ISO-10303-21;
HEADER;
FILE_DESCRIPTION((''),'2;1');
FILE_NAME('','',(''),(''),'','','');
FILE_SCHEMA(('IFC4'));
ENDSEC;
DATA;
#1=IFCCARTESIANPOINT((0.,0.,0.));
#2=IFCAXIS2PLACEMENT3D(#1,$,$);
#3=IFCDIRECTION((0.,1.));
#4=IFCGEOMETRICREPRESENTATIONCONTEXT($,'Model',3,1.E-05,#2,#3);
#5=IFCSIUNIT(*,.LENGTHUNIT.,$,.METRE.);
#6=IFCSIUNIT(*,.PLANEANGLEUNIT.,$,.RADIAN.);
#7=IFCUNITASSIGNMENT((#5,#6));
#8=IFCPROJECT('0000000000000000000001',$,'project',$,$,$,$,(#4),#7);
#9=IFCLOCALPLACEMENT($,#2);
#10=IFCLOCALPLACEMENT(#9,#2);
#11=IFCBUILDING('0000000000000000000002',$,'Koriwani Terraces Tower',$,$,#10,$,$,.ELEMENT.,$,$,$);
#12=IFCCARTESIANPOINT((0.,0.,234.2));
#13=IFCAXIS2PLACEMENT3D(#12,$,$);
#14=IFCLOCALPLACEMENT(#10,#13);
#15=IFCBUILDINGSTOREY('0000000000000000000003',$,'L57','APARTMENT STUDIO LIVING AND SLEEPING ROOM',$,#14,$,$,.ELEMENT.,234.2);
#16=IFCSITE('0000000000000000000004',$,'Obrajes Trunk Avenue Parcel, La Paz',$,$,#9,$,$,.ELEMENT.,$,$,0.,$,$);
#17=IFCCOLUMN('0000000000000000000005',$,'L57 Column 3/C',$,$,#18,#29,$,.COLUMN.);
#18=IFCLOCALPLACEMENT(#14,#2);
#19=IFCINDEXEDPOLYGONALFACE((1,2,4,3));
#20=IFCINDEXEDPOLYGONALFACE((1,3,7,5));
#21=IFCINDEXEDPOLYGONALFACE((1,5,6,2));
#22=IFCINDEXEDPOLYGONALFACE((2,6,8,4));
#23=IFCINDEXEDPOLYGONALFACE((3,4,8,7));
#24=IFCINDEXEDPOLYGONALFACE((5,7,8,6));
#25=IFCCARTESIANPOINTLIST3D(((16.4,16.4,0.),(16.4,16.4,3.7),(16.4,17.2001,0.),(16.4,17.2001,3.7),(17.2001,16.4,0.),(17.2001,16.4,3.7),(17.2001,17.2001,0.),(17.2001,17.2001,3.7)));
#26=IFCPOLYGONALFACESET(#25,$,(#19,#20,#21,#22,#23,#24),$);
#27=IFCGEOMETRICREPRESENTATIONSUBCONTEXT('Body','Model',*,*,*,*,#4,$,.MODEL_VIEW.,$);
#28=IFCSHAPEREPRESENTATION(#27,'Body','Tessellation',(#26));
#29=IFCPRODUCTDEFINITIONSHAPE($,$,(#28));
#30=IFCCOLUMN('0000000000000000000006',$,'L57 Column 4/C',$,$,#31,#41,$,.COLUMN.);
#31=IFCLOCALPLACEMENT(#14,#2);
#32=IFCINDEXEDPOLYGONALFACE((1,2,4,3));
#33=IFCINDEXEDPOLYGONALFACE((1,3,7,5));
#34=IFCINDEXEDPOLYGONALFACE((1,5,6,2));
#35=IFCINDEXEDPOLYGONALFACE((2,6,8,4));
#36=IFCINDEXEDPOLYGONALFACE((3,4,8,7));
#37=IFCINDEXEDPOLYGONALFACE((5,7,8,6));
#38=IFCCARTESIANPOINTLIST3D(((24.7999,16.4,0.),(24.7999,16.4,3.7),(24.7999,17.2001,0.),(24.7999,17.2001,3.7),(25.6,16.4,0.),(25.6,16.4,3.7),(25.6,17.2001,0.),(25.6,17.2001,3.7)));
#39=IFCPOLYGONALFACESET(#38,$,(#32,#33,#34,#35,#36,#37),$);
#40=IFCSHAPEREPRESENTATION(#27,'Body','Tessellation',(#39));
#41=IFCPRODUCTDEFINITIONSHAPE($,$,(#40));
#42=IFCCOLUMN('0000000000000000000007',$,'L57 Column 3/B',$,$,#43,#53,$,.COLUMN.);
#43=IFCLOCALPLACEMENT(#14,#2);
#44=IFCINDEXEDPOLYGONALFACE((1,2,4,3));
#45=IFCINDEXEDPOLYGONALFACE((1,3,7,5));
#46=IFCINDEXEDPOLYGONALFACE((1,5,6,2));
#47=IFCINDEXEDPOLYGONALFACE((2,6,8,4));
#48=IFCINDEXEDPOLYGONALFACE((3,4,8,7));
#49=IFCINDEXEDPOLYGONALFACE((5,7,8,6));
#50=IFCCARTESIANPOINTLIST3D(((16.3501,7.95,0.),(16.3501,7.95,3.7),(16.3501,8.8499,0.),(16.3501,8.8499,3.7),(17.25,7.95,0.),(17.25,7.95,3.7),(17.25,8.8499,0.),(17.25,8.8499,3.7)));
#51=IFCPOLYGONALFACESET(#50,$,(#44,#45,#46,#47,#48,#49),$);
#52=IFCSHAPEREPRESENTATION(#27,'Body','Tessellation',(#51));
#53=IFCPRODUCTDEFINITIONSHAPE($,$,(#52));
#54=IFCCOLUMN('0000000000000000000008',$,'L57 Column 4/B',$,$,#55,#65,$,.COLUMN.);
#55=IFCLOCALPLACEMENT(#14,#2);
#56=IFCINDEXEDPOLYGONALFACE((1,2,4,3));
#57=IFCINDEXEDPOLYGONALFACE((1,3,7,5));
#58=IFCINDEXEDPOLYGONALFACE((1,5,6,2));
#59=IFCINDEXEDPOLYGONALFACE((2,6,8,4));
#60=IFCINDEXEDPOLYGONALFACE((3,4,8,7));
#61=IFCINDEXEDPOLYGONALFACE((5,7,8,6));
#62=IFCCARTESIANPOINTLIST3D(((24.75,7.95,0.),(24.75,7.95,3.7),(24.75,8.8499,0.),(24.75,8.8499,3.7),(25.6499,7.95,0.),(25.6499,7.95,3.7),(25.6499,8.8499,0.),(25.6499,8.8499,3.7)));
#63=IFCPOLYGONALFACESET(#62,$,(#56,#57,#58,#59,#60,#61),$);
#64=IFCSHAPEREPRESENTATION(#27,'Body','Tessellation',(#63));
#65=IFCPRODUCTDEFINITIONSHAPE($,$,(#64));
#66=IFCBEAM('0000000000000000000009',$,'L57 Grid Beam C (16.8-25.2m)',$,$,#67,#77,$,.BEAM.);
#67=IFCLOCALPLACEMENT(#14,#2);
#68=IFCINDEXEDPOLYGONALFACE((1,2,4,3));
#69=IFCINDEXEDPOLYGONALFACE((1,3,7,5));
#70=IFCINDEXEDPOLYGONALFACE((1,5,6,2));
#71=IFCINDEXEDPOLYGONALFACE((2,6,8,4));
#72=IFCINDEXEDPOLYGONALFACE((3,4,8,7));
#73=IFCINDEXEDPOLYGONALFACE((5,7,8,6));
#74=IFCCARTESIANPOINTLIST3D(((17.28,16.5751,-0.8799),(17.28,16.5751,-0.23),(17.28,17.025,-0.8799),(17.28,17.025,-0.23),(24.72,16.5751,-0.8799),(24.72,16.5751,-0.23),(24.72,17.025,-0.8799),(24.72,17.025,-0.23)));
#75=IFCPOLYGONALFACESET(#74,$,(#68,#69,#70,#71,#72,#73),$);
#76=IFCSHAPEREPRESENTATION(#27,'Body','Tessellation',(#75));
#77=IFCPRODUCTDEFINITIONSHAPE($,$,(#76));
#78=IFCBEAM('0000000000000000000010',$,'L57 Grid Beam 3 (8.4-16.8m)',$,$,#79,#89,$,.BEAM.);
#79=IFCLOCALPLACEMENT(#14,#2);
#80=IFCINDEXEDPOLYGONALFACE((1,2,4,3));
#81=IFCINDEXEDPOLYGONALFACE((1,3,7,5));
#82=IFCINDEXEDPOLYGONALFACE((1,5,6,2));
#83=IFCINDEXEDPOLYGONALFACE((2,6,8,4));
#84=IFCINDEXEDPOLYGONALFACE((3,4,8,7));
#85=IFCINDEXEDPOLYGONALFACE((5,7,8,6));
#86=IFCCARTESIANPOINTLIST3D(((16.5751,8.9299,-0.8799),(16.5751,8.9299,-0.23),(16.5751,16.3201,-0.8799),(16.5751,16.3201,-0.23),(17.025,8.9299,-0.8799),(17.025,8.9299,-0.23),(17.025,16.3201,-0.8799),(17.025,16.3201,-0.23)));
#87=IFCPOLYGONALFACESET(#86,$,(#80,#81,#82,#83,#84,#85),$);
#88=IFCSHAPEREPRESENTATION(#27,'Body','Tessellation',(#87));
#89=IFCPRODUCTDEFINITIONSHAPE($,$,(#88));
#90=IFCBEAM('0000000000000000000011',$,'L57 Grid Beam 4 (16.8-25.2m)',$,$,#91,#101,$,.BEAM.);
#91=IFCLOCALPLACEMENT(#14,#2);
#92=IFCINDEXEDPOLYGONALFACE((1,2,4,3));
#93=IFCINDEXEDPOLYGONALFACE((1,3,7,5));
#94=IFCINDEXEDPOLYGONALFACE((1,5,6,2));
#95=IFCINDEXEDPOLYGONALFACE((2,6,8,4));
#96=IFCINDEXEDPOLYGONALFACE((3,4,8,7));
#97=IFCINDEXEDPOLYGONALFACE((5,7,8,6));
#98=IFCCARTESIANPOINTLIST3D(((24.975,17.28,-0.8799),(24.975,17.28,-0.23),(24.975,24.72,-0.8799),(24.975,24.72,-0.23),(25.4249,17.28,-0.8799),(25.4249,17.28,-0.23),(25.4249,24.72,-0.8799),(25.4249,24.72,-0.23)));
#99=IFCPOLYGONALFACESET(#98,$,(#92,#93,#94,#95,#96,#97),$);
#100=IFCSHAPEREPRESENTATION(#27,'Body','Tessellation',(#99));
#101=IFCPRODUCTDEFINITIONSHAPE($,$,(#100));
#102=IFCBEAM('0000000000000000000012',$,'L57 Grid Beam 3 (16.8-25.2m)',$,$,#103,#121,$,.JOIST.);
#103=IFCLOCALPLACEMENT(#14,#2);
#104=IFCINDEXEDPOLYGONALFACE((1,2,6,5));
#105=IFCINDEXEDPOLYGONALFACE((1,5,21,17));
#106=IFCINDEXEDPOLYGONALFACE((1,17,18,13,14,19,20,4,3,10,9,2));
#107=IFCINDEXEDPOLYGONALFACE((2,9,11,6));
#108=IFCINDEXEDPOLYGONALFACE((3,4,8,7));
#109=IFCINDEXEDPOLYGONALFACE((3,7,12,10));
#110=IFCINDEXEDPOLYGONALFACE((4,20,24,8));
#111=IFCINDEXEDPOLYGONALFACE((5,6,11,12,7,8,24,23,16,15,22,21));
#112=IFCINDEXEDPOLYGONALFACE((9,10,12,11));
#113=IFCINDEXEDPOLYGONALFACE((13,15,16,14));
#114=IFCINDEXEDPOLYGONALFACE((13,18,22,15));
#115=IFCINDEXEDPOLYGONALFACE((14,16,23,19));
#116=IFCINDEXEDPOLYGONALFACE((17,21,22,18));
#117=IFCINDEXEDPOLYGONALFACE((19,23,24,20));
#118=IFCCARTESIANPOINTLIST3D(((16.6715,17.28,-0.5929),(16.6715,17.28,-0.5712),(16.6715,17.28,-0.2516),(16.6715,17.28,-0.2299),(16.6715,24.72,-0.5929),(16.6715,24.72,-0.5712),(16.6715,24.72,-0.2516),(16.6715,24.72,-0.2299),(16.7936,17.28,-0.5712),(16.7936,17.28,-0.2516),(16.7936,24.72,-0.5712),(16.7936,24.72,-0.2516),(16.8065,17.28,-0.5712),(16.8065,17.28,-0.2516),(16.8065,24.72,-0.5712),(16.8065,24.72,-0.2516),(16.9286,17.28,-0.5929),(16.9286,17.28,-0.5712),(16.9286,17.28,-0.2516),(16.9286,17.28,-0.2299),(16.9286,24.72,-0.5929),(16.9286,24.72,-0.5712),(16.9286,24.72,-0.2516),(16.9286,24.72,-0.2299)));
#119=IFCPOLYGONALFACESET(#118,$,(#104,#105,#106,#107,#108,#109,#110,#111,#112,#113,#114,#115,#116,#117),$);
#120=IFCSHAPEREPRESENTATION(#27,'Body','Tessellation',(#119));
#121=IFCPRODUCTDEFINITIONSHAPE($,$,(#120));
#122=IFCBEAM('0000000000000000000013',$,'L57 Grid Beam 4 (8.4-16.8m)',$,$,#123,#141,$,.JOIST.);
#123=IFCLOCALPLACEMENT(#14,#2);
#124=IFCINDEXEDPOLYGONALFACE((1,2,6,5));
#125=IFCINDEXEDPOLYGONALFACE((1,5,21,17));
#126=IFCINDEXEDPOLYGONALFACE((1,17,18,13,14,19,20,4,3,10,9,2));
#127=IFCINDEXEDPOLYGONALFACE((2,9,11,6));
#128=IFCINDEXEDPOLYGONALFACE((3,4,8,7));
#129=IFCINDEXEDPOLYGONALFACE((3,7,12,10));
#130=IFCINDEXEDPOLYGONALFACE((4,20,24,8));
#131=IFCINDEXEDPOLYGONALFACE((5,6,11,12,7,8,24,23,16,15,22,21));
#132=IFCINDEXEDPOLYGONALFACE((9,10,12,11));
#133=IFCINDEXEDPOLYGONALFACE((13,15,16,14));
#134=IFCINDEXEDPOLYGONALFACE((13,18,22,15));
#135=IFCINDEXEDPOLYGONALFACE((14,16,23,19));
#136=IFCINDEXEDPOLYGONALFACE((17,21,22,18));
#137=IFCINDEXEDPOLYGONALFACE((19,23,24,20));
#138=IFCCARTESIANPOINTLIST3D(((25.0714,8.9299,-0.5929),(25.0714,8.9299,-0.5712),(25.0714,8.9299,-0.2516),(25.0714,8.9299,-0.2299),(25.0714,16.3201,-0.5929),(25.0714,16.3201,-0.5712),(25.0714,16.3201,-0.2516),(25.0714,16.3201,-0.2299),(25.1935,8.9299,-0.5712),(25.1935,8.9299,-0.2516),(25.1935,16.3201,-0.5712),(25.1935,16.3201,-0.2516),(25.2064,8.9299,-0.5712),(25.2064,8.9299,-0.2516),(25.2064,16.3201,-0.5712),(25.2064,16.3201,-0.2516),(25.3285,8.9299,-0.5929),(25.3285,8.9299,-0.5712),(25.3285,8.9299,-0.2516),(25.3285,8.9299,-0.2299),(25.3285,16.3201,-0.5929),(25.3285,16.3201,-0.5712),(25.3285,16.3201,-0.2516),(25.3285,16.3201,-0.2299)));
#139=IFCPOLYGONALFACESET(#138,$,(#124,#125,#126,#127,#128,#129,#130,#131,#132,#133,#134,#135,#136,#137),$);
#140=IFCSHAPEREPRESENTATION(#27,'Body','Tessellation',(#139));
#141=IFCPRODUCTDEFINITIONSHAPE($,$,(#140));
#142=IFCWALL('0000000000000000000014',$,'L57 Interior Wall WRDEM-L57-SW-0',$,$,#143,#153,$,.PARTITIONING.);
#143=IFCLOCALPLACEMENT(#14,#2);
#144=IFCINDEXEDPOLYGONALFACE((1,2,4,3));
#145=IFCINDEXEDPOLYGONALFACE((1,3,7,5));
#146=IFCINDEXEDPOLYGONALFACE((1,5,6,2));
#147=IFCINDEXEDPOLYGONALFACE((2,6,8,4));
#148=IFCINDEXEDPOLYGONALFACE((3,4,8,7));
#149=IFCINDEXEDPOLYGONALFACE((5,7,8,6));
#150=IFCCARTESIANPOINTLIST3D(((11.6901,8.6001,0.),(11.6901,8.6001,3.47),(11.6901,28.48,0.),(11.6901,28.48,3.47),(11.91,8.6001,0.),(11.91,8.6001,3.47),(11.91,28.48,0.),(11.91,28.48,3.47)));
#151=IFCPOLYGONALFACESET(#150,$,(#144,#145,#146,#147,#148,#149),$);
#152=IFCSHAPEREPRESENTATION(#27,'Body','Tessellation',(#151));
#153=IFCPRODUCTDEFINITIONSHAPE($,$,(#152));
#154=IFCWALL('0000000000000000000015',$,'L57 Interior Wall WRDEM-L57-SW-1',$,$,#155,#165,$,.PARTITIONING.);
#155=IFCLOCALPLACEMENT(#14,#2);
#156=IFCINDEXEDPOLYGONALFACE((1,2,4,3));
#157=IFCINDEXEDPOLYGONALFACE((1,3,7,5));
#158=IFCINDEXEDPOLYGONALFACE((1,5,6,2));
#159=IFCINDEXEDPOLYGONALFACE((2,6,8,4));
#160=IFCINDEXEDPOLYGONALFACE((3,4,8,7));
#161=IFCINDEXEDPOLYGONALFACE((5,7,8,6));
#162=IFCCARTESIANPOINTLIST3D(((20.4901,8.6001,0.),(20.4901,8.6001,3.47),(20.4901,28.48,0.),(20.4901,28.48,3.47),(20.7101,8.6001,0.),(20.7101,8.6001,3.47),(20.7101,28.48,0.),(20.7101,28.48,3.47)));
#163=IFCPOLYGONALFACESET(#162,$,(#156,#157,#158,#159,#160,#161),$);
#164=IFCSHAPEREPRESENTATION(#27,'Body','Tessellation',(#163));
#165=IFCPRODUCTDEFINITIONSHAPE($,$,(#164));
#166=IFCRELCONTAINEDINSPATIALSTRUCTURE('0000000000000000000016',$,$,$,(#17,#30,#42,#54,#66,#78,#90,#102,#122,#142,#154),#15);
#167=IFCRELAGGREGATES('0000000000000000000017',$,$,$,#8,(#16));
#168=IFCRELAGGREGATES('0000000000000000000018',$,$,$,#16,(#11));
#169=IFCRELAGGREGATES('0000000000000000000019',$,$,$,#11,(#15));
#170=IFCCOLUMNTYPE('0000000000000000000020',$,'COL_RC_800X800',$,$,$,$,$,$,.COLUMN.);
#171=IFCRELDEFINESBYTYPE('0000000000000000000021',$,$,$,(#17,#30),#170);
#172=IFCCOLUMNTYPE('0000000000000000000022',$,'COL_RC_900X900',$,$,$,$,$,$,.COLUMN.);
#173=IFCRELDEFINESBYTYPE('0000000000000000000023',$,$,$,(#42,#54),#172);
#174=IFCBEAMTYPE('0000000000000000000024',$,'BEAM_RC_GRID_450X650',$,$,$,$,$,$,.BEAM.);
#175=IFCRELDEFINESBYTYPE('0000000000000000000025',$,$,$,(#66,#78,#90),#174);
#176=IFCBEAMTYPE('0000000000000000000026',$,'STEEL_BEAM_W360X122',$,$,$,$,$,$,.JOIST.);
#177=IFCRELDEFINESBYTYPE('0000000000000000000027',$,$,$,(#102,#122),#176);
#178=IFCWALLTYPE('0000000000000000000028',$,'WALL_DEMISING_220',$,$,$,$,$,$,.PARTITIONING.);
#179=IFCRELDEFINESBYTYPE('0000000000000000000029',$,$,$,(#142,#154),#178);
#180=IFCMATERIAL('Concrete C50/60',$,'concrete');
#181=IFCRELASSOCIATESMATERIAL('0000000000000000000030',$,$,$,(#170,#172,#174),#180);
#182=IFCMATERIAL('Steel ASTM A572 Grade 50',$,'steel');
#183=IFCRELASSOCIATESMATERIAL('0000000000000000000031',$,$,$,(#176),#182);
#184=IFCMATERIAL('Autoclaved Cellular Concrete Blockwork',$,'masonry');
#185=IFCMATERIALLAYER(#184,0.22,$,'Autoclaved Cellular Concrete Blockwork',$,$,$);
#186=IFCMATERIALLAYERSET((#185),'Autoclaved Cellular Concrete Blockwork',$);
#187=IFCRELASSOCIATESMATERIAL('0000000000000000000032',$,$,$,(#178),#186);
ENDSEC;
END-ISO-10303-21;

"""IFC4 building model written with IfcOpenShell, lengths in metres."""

from ifc_helpers import new_model, si_unit, direction, frame, frame_2d, origin, origin_2d, place, context, subcontext, project, spatial, rectangle, i_section, extrude, material, layer, layer_set, material_profile, profile_set, type_object, element, save


model = new_model("IFC4")

# Units and contexts
model_context = context("Model", 3, precision=1e-05, world=origin(), true_north=direction((0.0, 1.0)))
body_context = subcontext(model_context, "Body", "Model", "MODEL_VIEW")
ifc_project = project(units=[si_unit("LENGTHUNIT", "METRE"), si_unit("PLANEANGLEUNIT", "RADIAN")], contexts=[model_context])

# Site, building, storey
site_placement = place(None, origin())
site = spatial("IfcSite", under=ifc_project, at=site_placement, Name="Obrajes Trunk Avenue Parcel, La Paz", CompositionType="ELEMENT", RefElevation=0.0)
building_placement = place(site_placement, origin())
building = spatial("IfcBuilding", under=site, at=building_placement, Name="Koriwani Terraces Tower", CompositionType="ELEMENT")
storey_placement = place(building_placement, frame((0.0, 0.0, 234.2)))
storey = spatial("IfcBuildingStorey", under=building, at=storey_placement, Name="L57", Description="APARTMENT STUDIO LIVING AND SLEEPING ROOM", CompositionType="ELEMENT", Elevation=234.2)

# Columns
ifc_material_1 = material(Name="Concrete C50/60", Category="concrete")
ifc_material_profile_1 = material_profile(ifc_material_1, rectangle(XDim=0.8, YDim=0.8, at=origin_2d()), Name="Concrete C50/60", Category="LoadBearing")
ifc_profile_set_1 = profile_set([ifc_material_profile_1], Name="Concrete C50/60")
column_type_1 = type_object("IfcColumnType", Name="COL_RC_800X800", PredefinedType="COLUMN", material=ifc_profile_set_1)
for number, where, z_axis, x_axis, name in (
    (1, (16.8, 16.8, 0.0), (0.0, 0.0, 1.0), (1.0, 0.0, 0.0), "L57 Column 3/C"),
    (2, (25.2, 16.8, 0.0), (0.0, 0.0, 1.0), (1.0, 0.0, 0.0), "L57 Column 4/C"),
):
    element("IfcColumn", number, at=place(storey_placement, frame(where, z_axis=z_axis, x_axis=x_axis)), inside=storey, type_object=column_type_1, Name=name, PredefinedType="COLUMN", context=body_context, shape_type="SweptSolid", body=[
        extrude(rectangle(XDim=0.8, YDim=0.8, at=origin_2d()), origin(), (0.0, 0.0, 1.0), 3.7),
    ])
ifc_material_profile_2 = material_profile(ifc_material_1, rectangle(XDim=0.8999, YDim=0.8999, at=origin_2d()), Name="Concrete C50/60", Category="LoadBearing")
ifc_profile_set_2 = profile_set([ifc_material_profile_2], Name="Concrete C50/60")
column_type_2 = type_object("IfcColumnType", Name="COL_RC_900X900", PredefinedType="COLUMN", material=ifc_profile_set_2)
for number, where, z_axis, x_axis, name in (
    (3, (16.8, 8.3999, 0.0), (0.0, 0.0, 1.0), (1.0, 0.0, 0.0), "L57 Column 3/B"),
    (4, (25.2, 8.3999, 0.0), (0.0, 0.0, 1.0), (1.0, 0.0, 0.0), "L57 Column 4/B"),
):
    element("IfcColumn", number, at=place(storey_placement, frame(where, z_axis=z_axis, x_axis=x_axis)), inside=storey, type_object=column_type_2, Name=name, PredefinedType="COLUMN", context=body_context, shape_type="SweptSolid", body=[
        extrude(rectangle(XDim=0.8999, YDim=0.8999, at=origin_2d()), origin(), (0.0, 0.0, 1.0), 3.7),
    ])

# Beams
ifc_material_profile_3 = material_profile(ifc_material_1, rectangle(XDim=0.45, YDim=0.6499, at=origin_2d()), Name="Concrete C50/60", Category="LoadBearing")
ifc_profile_set_3 = profile_set([ifc_material_profile_3], Name="Concrete C50/60")
beam_type_1 = type_object("IfcBeamType", Name="BEAM_RC_GRID_450X650", PredefinedType="BEAM", material=ifc_profile_set_3)
beam_1_placement = place(storey_placement, frame((17.28, 16.8, -0.5549), z_axis=(1.0, 0.0, 0.0), x_axis=(0.0, 1.0, 0.0)))
element("IfcBeam", 5, at=beam_1_placement, inside=storey, type_object=beam_type_1, Name="L57 Grid Beam C (16.8-25.2m)", PredefinedType="BEAM", context=body_context, shape_type="SweptSolid", body=[
    extrude(rectangle(XDim=0.45, YDim=0.6499, at=origin_2d()), origin(), (0.0, 0.0, 1.0), 7.4399),
])
beam_2_placement = place(storey_placement, frame((16.8, 8.9299, -0.5549), z_axis=(0.0, 1.0, 0.0), x_axis=(-1.0, 0.0, 0.0)))
element("IfcBeam", 6, at=beam_2_placement, inside=storey, type_object=beam_type_1, Name="L57 Grid Beam 3 (8.4-16.8m)", PredefinedType="BEAM", context=body_context, shape_type="SweptSolid", body=[
    extrude(rectangle(XDim=0.45, YDim=0.6499, at=origin_2d()), origin(), (0.0, 0.0, 1.0), 7.3901),
])
beam_3_placement = place(storey_placement, frame((25.2, 17.28, -0.5549), z_axis=(0.0, 1.0, 0.0), x_axis=(-1.0, 0.0, 0.0)))
element("IfcBeam", 7, at=beam_3_placement, inside=storey, type_object=beam_type_1, Name="L57 Grid Beam 4 (16.8-25.2m)", PredefinedType="BEAM", context=body_context, shape_type="SweptSolid", body=[
    extrude(rectangle(XDim=0.45, YDim=0.6499, at=origin_2d()), origin(), (0.0, 0.0, 1.0), 7.4399),
])
ifc_material_2 = material(Name="Steel ASTM A572 Grade 50", Category="steel")
ifc_material_profile_4 = material_profile(ifc_material_2, i_section(OverallWidth=0.2571, OverallDepth=0.363, WebThickness=0.0129, FlangeThickness=0.0217, at=origin_2d()), Name="Steel ASTM A572 Grade 50", Category="LoadBearing")
ifc_profile_set_4 = profile_set([ifc_material_profile_4], Name="Steel ASTM A572 Grade 50")
beam_type_2 = type_object("IfcBeamType", Name="STEEL_BEAM_W360X122", PredefinedType="JOIST", material=ifc_profile_set_4)
beam_4_placement = place(storey_placement, frame((16.8, 17.28, -0.4114), z_axis=(0.0, 1.0, 0.0), x_axis=(-1.0, 0.0, 0.0)))
element("IfcBeam", 8, at=beam_4_placement, inside=storey, type_object=beam_type_2, Name="L57 Grid Beam 3 (16.8-25.2m)", PredefinedType="JOIST", context=body_context, shape_type="SweptSolid", body=[
    extrude(i_section(OverallWidth=0.2571, OverallDepth=0.363, WebThickness=0.0129, FlangeThickness=0.0217, at=origin_2d()), origin(), (0.0, 0.0, 1.0), 7.4399),
])
beam_5_placement = place(storey_placement, frame((25.2, 8.9299, -0.4114), z_axis=(0.0, 1.0, 0.0), x_axis=(-1.0, 0.0, 0.0)))
element("IfcBeam", 9, at=beam_5_placement, inside=storey, type_object=beam_type_2, Name="L57 Grid Beam 4 (8.4-16.8m)", PredefinedType="JOIST", context=body_context, shape_type="SweptSolid", body=[
    extrude(i_section(OverallWidth=0.2571, OverallDepth=0.363, WebThickness=0.0129, FlangeThickness=0.0217, at=origin_2d()), origin(), (0.0, 0.0, 1.0), 7.3901),
])

# Walls
ifc_material_3 = material(Name="Autoclaved Cellular Concrete Blockwork", Category="masonry")
ifc_layer_1 = layer(ifc_material_3, 0.22, Name="Autoclaved Cellular Concrete Blockwork")
ifc_layer_set_1 = layer_set([ifc_layer_1], Name="Autoclaved Cellular Concrete Blockwork")
wall_type_1 = type_object("IfcWallType", Name="WALL_DEMISING_220", PredefinedType="PARTITIONING", material=ifc_layer_set_1)
for number, where, z_axis, x_axis, name in (
    (10, (11.8, 8.6001, 0.0), (0.0, 0.0, 1.0), (0.0, 1.0, 0.0), "L57 Interior Wall WRDEM-L57-SW-0"),
    (11, (20.6001, 8.6001, 0.0), (0.0, 0.0, 1.0), (0.0, 1.0, 0.0), "L57 Interior Wall WRDEM-L57-SW-1"),
):
    element("IfcWall", number, at=place(storey_placement, frame(where, z_axis=z_axis, x_axis=x_axis)), inside=storey, type_object=wall_type_1, Name=name, PredefinedType="PARTITIONING", context=body_context, shape_type="SweptSolid", body=[
        extrude(rectangle(XDim=19.8799, YDim=0.22, at=frame_2d((9.9399, 0.0))), origin(), (0.0, 0.0, 1.0), 3.47),
    ])

save(model, "model.ifc")
